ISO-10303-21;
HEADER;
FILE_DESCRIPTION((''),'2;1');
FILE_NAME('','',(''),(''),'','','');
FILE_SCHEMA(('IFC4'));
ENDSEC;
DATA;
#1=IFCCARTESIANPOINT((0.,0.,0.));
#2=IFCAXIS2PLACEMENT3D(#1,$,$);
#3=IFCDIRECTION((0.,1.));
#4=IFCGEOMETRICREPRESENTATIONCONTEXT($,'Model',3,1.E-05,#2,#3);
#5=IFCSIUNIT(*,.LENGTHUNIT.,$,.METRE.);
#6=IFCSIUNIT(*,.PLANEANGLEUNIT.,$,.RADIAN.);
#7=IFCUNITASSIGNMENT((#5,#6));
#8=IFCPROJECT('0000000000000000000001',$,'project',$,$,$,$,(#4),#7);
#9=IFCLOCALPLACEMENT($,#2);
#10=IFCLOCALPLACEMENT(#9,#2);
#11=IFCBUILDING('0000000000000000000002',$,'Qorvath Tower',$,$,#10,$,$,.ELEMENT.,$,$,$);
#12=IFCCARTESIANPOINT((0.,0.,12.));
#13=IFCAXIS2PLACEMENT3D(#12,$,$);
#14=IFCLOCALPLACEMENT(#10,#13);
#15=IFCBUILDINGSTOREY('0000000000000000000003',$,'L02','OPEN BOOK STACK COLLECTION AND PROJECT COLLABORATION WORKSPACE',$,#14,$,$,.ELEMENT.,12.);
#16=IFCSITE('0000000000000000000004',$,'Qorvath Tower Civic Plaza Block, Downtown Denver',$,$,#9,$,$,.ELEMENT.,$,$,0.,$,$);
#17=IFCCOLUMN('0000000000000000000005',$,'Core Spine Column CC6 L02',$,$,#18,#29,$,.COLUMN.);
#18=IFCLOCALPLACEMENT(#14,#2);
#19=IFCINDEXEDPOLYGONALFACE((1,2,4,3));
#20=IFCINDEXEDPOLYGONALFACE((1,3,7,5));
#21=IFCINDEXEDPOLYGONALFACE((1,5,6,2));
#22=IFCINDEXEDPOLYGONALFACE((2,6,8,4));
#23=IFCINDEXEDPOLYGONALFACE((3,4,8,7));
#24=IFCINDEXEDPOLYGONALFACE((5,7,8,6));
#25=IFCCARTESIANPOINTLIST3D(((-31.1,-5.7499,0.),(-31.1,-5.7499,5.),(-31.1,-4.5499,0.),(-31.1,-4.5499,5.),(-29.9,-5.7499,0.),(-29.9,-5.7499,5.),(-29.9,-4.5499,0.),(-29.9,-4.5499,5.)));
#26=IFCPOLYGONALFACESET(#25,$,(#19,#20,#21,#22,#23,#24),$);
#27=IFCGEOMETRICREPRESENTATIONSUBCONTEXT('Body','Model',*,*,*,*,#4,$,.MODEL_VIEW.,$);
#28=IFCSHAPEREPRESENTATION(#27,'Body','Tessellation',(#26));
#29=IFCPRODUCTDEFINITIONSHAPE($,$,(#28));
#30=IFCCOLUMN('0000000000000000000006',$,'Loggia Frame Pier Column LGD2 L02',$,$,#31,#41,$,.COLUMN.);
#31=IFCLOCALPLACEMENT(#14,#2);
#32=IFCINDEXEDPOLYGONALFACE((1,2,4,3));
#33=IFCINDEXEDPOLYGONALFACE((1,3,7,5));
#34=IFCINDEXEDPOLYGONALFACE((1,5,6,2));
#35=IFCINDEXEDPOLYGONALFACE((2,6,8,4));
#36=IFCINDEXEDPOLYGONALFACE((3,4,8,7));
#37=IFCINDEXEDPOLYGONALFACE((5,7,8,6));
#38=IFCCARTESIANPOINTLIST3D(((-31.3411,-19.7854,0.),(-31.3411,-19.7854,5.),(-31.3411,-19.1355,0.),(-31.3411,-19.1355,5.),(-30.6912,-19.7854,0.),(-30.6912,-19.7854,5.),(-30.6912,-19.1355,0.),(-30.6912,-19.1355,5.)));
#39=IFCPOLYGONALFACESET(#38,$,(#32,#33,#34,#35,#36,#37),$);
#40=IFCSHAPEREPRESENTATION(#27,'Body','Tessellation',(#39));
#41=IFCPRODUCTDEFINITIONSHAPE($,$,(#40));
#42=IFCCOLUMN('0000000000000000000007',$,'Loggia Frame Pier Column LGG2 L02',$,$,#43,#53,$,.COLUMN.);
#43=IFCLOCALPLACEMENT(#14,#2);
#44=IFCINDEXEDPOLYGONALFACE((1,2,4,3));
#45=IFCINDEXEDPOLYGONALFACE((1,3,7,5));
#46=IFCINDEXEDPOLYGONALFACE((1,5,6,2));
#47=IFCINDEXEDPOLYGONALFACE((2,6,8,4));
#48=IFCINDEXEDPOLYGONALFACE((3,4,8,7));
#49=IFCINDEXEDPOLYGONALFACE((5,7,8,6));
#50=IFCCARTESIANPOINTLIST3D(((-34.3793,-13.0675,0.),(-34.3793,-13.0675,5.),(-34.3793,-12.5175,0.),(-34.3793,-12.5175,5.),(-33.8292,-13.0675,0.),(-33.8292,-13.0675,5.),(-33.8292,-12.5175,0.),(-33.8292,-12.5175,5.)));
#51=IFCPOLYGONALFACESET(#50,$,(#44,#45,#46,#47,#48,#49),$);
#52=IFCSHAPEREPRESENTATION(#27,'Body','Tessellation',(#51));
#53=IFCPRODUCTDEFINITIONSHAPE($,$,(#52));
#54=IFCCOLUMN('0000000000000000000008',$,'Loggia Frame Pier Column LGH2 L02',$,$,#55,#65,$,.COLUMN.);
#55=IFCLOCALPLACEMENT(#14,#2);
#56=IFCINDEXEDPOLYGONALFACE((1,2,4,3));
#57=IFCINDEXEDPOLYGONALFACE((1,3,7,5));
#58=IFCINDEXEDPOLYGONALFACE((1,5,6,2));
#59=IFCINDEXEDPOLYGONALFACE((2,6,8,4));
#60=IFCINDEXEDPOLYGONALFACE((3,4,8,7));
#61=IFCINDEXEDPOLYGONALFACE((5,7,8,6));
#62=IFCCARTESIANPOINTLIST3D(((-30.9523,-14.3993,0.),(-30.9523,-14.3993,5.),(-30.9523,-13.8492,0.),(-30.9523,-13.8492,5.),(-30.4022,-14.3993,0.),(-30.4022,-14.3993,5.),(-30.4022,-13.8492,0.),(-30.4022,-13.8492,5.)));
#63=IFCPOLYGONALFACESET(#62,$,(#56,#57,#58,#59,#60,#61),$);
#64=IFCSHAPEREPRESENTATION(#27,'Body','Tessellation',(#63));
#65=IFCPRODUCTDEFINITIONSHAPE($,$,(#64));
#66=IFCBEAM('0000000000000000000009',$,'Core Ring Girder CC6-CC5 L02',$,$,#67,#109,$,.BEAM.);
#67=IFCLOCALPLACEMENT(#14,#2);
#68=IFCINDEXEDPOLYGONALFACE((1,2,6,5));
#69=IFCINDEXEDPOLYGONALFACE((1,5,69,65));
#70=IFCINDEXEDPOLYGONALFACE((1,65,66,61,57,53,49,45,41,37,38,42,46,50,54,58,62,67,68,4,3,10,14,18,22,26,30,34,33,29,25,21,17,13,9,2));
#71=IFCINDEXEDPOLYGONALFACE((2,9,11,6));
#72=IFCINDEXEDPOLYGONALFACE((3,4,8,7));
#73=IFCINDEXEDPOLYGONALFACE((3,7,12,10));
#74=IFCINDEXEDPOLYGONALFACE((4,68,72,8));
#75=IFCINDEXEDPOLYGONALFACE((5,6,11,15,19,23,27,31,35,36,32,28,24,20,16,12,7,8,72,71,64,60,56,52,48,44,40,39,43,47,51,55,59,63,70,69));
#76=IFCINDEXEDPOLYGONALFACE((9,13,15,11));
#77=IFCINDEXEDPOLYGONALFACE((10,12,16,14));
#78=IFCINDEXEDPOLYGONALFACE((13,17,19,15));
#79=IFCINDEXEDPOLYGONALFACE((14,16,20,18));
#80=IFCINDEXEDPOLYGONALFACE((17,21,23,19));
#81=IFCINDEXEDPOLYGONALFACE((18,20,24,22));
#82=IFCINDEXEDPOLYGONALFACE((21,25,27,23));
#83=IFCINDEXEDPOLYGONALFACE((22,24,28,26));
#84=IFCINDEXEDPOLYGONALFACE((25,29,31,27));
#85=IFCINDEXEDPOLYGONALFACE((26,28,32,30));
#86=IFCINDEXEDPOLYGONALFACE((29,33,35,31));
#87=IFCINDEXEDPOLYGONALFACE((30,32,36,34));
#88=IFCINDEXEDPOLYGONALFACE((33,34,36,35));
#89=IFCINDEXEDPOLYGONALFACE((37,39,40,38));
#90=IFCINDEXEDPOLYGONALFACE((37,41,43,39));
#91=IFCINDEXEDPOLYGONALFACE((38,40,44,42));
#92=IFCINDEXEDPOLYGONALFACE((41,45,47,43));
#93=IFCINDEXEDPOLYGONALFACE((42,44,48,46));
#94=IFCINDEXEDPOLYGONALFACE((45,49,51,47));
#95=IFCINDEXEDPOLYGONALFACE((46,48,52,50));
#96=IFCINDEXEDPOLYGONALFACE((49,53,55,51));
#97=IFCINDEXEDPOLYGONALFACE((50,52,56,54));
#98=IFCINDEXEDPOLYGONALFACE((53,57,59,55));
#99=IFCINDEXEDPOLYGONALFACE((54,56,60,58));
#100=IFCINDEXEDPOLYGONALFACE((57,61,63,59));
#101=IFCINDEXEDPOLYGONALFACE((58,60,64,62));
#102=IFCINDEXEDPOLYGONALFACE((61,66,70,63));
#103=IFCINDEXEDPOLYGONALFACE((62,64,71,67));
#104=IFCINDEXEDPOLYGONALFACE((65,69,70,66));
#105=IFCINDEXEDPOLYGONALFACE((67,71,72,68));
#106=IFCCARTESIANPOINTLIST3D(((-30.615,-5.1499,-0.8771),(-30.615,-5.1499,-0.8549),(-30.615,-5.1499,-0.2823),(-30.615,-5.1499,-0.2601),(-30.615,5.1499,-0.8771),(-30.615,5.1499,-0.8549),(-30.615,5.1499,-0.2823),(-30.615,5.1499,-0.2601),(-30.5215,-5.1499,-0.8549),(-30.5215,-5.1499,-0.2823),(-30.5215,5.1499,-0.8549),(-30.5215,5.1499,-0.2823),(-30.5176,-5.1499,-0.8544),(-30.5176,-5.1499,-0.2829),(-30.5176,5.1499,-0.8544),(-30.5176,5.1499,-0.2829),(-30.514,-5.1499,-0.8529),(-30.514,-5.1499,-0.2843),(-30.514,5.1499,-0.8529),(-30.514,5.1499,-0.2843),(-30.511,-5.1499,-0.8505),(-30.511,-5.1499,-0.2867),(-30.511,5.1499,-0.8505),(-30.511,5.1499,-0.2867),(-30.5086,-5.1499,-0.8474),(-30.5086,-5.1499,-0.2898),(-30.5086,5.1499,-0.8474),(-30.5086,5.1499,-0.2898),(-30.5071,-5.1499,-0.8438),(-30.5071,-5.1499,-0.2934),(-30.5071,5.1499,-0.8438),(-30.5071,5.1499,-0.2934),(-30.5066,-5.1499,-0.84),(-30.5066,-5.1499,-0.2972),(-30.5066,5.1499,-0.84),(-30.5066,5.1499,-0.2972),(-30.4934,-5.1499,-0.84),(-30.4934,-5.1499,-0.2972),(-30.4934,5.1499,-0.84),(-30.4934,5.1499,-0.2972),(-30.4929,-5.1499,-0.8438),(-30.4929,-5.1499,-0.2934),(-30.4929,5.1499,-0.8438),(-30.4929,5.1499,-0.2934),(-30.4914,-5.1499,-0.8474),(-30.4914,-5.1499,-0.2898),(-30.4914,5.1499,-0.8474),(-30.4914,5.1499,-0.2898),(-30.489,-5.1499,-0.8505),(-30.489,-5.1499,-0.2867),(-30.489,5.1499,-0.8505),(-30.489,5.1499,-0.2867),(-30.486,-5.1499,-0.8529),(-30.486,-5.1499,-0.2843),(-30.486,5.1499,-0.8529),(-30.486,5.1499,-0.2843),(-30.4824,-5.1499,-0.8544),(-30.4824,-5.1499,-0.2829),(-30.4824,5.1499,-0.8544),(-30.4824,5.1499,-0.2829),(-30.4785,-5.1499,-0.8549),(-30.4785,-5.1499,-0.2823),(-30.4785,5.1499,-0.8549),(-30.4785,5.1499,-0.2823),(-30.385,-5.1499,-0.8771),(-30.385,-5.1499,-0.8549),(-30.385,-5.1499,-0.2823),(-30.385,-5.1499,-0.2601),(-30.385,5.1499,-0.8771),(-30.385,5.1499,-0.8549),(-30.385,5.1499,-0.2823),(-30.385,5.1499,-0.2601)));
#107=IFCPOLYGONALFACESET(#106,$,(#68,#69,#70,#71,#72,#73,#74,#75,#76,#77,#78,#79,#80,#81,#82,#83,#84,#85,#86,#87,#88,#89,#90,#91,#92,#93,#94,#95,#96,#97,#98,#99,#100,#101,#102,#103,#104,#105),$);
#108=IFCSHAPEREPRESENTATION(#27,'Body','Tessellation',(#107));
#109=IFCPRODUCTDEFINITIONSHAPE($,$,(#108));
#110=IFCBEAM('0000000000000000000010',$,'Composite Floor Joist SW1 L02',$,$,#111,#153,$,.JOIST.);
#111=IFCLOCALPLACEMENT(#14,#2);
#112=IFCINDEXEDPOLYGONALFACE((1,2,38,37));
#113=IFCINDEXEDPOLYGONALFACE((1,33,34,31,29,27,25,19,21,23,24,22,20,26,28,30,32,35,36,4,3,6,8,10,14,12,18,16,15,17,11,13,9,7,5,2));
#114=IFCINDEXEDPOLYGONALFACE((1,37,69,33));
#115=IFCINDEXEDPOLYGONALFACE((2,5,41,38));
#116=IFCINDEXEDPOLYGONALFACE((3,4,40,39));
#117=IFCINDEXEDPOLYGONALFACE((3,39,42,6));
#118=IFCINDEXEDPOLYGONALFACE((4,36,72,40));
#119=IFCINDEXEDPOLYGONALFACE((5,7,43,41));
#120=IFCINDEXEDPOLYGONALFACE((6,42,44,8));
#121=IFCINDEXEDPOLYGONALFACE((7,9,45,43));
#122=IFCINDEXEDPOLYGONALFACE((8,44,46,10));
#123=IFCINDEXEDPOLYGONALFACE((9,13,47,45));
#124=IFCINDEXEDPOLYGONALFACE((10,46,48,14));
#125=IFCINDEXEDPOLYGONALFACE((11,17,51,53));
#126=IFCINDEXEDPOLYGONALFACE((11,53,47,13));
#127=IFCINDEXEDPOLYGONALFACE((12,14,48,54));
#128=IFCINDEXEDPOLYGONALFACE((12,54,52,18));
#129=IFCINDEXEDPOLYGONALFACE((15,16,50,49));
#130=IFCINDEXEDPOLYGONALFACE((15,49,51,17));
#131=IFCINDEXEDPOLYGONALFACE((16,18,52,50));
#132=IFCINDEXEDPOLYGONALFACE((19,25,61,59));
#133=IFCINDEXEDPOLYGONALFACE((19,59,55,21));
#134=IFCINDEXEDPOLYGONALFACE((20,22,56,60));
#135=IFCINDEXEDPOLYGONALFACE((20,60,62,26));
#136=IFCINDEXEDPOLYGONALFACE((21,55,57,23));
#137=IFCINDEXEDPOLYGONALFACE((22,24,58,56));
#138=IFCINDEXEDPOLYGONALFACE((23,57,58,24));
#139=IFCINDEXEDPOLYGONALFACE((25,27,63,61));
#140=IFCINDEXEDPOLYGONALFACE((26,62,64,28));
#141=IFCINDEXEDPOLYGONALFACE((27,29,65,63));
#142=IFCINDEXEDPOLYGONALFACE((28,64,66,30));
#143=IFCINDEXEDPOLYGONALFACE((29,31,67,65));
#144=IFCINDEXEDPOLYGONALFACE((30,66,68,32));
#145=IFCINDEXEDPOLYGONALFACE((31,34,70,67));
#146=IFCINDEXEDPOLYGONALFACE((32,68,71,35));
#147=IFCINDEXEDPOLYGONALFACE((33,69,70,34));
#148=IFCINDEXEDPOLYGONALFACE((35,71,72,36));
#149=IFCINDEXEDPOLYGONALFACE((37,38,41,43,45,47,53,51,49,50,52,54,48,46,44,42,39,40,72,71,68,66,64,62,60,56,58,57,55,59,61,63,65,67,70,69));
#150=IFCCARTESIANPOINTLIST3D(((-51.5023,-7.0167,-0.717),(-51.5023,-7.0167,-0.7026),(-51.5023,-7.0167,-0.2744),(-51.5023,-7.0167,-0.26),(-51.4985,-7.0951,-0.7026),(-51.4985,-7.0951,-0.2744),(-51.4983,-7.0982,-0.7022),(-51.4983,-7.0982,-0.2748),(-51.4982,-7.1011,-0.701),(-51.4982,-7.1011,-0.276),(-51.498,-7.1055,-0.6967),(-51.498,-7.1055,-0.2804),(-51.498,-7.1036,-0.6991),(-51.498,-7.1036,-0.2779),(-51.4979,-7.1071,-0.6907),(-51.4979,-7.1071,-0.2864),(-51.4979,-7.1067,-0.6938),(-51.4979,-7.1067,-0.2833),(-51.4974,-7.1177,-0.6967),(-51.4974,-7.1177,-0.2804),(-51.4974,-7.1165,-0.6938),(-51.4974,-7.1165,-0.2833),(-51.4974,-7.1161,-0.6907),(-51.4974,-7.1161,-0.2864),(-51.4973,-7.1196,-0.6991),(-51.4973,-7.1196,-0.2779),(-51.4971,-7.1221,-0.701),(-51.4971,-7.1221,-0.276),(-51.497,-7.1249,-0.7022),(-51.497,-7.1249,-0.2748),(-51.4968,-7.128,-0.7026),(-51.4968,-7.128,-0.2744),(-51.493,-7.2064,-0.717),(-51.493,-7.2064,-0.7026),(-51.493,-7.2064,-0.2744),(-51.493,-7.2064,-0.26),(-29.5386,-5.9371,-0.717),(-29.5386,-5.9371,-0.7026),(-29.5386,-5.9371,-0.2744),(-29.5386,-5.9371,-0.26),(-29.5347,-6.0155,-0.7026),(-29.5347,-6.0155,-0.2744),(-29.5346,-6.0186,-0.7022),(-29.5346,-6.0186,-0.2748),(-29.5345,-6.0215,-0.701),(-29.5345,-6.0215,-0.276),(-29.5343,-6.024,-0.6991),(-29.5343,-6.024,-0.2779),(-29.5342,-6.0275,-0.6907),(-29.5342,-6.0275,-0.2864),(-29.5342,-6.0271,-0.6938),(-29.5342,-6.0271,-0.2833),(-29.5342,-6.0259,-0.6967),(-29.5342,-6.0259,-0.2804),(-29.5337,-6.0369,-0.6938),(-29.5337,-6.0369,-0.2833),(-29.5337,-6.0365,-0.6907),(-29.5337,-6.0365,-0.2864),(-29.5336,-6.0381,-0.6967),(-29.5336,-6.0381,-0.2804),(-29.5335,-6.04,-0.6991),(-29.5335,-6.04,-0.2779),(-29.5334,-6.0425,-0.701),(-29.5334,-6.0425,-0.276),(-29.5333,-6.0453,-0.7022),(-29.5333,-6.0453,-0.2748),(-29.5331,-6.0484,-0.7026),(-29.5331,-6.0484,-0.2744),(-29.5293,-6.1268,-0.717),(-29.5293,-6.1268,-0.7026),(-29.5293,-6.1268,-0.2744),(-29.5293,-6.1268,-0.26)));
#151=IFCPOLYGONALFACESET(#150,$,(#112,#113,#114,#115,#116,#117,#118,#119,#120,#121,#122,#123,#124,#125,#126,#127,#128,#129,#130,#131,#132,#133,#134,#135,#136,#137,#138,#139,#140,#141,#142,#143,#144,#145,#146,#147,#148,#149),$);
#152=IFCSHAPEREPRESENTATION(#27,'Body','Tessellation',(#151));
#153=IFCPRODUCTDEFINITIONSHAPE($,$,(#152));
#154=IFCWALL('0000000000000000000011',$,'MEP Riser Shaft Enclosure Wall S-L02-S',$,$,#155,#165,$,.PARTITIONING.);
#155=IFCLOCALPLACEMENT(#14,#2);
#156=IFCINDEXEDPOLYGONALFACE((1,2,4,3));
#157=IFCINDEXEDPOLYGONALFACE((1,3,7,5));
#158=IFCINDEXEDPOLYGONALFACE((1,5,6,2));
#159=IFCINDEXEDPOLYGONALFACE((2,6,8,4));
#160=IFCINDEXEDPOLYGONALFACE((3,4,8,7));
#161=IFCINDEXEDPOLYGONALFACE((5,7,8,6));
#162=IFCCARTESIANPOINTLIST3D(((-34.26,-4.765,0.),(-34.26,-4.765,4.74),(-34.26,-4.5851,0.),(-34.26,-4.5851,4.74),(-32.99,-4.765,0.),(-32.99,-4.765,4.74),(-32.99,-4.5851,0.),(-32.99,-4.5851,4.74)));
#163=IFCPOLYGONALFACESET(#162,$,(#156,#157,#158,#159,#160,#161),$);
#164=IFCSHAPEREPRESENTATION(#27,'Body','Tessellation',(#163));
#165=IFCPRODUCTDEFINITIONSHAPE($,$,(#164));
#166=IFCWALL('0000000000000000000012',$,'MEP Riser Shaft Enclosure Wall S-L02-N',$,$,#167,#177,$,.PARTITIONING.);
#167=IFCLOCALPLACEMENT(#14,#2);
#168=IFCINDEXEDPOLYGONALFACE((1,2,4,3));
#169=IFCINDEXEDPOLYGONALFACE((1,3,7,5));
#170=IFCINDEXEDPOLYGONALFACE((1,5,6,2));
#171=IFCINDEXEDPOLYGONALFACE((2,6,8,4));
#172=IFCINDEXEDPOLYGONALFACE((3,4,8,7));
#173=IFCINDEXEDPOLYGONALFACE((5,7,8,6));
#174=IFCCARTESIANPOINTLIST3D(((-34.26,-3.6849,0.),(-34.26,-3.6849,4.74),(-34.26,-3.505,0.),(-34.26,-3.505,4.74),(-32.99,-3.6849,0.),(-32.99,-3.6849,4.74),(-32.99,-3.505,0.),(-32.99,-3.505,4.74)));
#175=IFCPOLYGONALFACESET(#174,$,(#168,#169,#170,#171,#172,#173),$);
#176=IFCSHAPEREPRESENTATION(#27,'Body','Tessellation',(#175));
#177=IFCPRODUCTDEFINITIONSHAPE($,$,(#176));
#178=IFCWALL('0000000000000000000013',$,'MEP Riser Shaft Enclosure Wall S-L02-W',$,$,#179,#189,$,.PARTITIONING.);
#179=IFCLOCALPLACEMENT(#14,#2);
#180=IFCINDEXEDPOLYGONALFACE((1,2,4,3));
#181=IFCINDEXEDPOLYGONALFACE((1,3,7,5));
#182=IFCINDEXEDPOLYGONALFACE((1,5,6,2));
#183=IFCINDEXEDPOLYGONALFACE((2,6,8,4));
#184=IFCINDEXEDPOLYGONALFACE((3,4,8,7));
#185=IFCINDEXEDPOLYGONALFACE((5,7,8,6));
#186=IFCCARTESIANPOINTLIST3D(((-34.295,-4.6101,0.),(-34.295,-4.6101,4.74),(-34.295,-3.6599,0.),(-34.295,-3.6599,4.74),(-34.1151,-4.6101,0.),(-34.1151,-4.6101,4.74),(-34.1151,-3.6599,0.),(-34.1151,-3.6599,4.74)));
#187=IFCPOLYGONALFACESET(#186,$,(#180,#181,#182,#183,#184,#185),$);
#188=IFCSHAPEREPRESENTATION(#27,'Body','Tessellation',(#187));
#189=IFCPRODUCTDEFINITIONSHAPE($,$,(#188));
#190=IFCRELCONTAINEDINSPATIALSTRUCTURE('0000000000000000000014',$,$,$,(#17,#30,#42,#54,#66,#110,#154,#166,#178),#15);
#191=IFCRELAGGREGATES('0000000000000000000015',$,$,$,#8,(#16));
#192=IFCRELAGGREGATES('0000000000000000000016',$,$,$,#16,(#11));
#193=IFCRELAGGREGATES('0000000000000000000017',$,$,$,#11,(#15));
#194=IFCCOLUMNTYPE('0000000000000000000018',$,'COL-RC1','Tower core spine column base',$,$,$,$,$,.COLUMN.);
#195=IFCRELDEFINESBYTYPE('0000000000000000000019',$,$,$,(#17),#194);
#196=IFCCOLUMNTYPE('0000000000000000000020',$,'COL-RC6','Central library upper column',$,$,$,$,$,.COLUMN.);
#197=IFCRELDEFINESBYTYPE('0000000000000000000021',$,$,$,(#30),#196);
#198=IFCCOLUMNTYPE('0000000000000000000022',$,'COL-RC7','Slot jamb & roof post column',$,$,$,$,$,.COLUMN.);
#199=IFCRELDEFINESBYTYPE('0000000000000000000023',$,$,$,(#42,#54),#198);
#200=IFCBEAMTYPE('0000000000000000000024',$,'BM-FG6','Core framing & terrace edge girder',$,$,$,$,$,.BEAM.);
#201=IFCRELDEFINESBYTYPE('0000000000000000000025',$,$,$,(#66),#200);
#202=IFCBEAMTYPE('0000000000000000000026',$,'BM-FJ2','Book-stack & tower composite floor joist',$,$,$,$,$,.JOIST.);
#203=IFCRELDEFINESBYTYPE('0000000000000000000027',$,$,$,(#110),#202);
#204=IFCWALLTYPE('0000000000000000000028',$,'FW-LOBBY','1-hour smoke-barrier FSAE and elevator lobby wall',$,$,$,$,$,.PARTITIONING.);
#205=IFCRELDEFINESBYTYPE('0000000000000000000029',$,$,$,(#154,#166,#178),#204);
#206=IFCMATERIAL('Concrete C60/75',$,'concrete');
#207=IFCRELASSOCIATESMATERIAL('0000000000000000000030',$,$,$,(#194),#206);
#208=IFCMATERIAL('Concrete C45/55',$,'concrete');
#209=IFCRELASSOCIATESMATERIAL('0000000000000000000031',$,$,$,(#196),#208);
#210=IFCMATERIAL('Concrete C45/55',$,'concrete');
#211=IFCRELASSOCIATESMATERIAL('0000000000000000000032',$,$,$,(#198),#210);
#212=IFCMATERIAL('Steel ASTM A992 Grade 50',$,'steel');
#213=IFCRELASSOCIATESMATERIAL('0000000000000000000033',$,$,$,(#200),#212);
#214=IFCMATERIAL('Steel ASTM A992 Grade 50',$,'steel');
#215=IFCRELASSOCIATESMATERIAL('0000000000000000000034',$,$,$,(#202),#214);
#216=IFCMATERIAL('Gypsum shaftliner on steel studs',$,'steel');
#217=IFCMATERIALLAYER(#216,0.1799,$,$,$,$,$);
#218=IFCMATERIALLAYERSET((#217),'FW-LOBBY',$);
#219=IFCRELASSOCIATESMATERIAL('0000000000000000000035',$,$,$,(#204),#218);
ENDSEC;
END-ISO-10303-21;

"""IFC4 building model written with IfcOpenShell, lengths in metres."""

from ifc_helpers import new_model, si_unit, direction, frame, frame_2d, origin, origin_2d, place, context, subcontext, project, spatial, rectangle, i_section, extrude, material, layer, layer_set, material_profile, profile_set, type_object, element, save


model = new_model("IFC4")

# Units and contexts
model_context = context("Model", 3, precision=1e-05, world=origin(), true_north=direction((0.0, 1.0)))
body_context = subcontext(model_context, "Body", "Model", "MODEL_VIEW")
ifc_project = project(units=[si_unit("LENGTHUNIT", "METRE"), si_unit("PLANEANGLEUNIT", "RADIAN")], contexts=[model_context])

# Site, building, storey
site_placement = place(None, origin())
site = spatial("IfcSite", under=ifc_project, at=site_placement, Name="Qorvath Tower Civic Plaza Block, Downtown Denver", CompositionType="ELEMENT", RefElevation=0.0)
building_placement = place(site_placement, origin())
building = spatial("IfcBuilding", under=site, at=building_placement, Name="Qorvath Tower", CompositionType="ELEMENT")
storey_placement = place(building_placement, frame((0.0, 0.0, 12.0)))
storey = spatial("IfcBuildingStorey", under=building, at=storey_placement, Name="L02", Description="OPEN BOOK STACK COLLECTION AND PROJECT COLLABORATION WORKSPACE", CompositionType="ELEMENT", Elevation=12.0)

# Columns
ifc_material_1 = material(Name="Concrete C60/75", Category="concrete")
ifc_material_profile_1 = material_profile(ifc_material_1, rectangle(XDim=1.2, YDim=1.2, at=origin_2d()), Name="RC 1200x1200")
ifc_profile_set_1 = profile_set([ifc_material_profile_1], Name="Concrete C60/75")
column_type_1 = type_object("IfcColumnType", Name="COL-RC1", Description="Tower core spine column base", PredefinedType="COLUMN", material=ifc_profile_set_1)
column_1_placement = place(storey_placement, frame((-30.5, -5.1499, 0.0), z_axis=(0.0, 0.0, 1.0), x_axis=(1.0, 0.0, 0.0)))
element("IfcColumn", 1, at=column_1_placement, inside=storey, type_object=column_type_1, Name="Core Spine Column CC6 L02", PredefinedType="COLUMN", context=body_context, shape_type="SweptSolid", body=[
    extrude(rectangle(XDim=1.2, YDim=1.2, at=origin_2d()), origin(), (0.0, 0.0, 1.0), 5.0),
])
ifc_material_2 = material(Name="Concrete C45/55", Category="concrete")
ifc_material_profile_2 = material_profile(ifc_material_2, rectangle(XDim=0.6499, YDim=0.6499, at=origin_2d()), Name="RC 650x650")
ifc_profile_set_2 = profile_set([ifc_material_profile_2], Name="Concrete C45/55")
column_type_2 = type_object("IfcColumnType", Name="COL-RC6", Description="Central library upper column", PredefinedType="COLUMN", material=ifc_profile_set_2)
column_2_placement = place(storey_placement, frame((-31.0161, -19.4604, 0.0), z_axis=(0.0, 0.0, 1.0), x_axis=(1.0, 0.0, 0.0)))
element("IfcColumn", 2, at=column_2_placement, inside=storey, type_object=column_type_2, Name="Loggia Frame Pier Column LGD2 L02", PredefinedType="COLUMN", context=body_context, shape_type="SweptSolid", body=[
    extrude(rectangle(XDim=0.6499, YDim=0.6499, at=origin_2d()), origin(), (0.0, 0.0, 1.0), 5.0),
])
ifc_material_3 = material(Name="Concrete C45/55", Category="concrete")
ifc_material_profile_3 = material_profile(ifc_material_3, rectangle(XDim=0.55, YDim=0.55, at=origin_2d()), Name="RC 550x550")
ifc_profile_set_3 = profile_set([ifc_material_profile_3], Name="Concrete C45/55")
column_type_3 = type_object("IfcColumnType", Name="COL-RC7", Description="Slot jamb & roof post column", PredefinedType="COLUMN", material=ifc_profile_set_3)
for number, where, z_axis, x_axis, name in (
    (3, (-34.1042, -12.7925, 0.0), (0.0, 0.0, 1.0), (1.0, 0.0, 0.0), "Loggia Frame Pier Column LGG2 L02"),
    (4, (-30.6772, -14.1243, 0.0), (0.0, 0.0, 1.0), (1.0, 0.0, 0.0), "Loggia Frame Pier Column LGH2 L02"),
):
    element("IfcColumn", number, at=place(storey_placement, frame(where, z_axis=z_axis, x_axis=x_axis)), inside=storey, type_object=column_type_3, Name=name, PredefinedType="COLUMN", context=body_context, shape_type="SweptSolid", body=[
        extrude(rectangle(XDim=0.55, YDim=0.55, at=origin_2d()), origin(), (0.0, 0.0, 1.0), 5.0),
    ])

# Beams
ifc_material_4 = material(Name="Steel ASTM A992 Grade 50", Category="steel")
ifc_material_profile_4 = material_profile(ifc_material_4, i_section(OverallWidth=0.23, OverallDepth=0.6169, WebThickness=0.0132, FlangeThickness=0.0222, FilletRadius=0.0149, at=origin_2d()), Name="W24x94")
ifc_profile_set_4 = profile_set([ifc_material_profile_4], Name="Steel ASTM A992 Grade 50")
beam_type_1 = type_object("IfcBeamType", Name="BM-FG6", Description="Core framing & terrace edge girder", PredefinedType="BEAM", material=ifc_profile_set_4)
beam_1_placement = place(storey_placement, frame((-30.5, -5.1499, -0.5686), z_axis=(0.0, 1.0, 0.0), x_axis=(-1.0, 0.0, 0.0)))
element("IfcBeam", 5, at=beam_1_placement, inside=storey, type_object=beam_type_1, Name="Core Ring Girder CC6-CC5 L02", PredefinedType="BEAM", context=body_context, shape_type="SweptSolid", body=[
    extrude(i_section(OverallWidth=0.23, OverallDepth=0.6169, WebThickness=0.0132, FlangeThickness=0.0222, FilletRadius=0.0149, at=origin_2d()), origin(), (0.0, 0.0, 1.0), 10.2998),
])
ifc_material_5 = material(Name="Steel ASTM A992 Grade 50", Category="steel")
ifc_material_profile_5 = material_profile(ifc_material_5, i_section(OverallWidth=0.1899, OverallDepth=0.457, WebThickness=0.009, FlangeThickness=0.0144, FilletRadius=0.012, at=origin_2d()), Name="W18x50")
ifc_profile_set_5 = profile_set([ifc_material_profile_5], Name="Steel ASTM A992 Grade 50")
beam_type_2 = type_object("IfcBeamType", Name="BM-FJ2", Description="Book-stack & tower composite floor joist", PredefinedType="JOIST", material=ifc_profile_set_5)
beam_2_placement = place(storey_placement, frame((-29.5339, -6.032, -0.4885), z_axis=(-0.998794, -0.049094, 0.0), x_axis=(0.049094, -0.998794, 0.0)))
element("IfcBeam", 6, at=beam_2_placement, inside=storey, type_object=beam_type_2, Name="Composite Floor Joist SW1 L02", PredefinedType="JOIST", context=body_context, shape_type="SweptSolid", body=[
    extrude(i_section(OverallWidth=0.1899, OverallDepth=0.457, WebThickness=0.009, FlangeThickness=0.0144, FilletRadius=0.012, at=origin_2d()), origin(), (0.0, 0.0, 1.0), 21.9902),
])

# Walls
ifc_material_6 = material(Name="Gypsum shaftliner on steel studs", Category="steel")
ifc_layer_1 = layer(ifc_material_6, 0.1799)
ifc_layer_set_1 = layer_set([ifc_layer_1], Name="FW-LOBBY")
wall_type_1 = type_object("IfcWallType", Name="FW-LOBBY", Description="1-hour smoke-barrier FSAE and elevator lobby wall", PredefinedType="PARTITIONING", material=ifc_layer_set_1)
for number, where, z_axis, x_axis, name in (
    (7, (-32.99, -4.675, 0.0), (0.0, 0.0, 1.0), (-1.0, 0.0, 0.0), "MEP Riser Shaft Enclosure Wall S-L02-S"),
    (8, (-34.26, -3.595, 0.0), (0.0, 0.0, 1.0), (1.0, 0.0, 0.0), "MEP Riser Shaft Enclosure Wall S-L02-N"),
):
    element("IfcWall", number, at=place(storey_placement, frame(where, z_axis=z_axis, x_axis=x_axis)), inside=storey, type_object=wall_type_1, Name=name, PredefinedType="PARTITIONING", context=body_context, shape_type="SweptSolid", body=[
        extrude(rectangle(XDim=1.27, YDim=0.1799, at=frame_2d((0.635, 0.0))), origin(), (0.0, 0.0, 1.0), 4.74),
    ])
for number, where, z_axis, x_axis, name in (
    (9, (-34.2051, -4.6101, 0.0), (0.0, 0.0, 1.0), (0.0, 1.0, 0.0), "MEP Riser Shaft Enclosure Wall S-L02-W"),
):
    element("IfcWall", number, at=place(storey_placement, frame(where, z_axis=z_axis, x_axis=x_axis)), inside=storey, type_object=wall_type_1, Name=name, PredefinedType="PARTITIONING", context=body_context, shape_type="SweptSolid", body=[
        extrude(rectangle(XDim=0.9502, YDim=0.1799, at=frame_2d((0.4751, 0.0))), origin(), (0.0, 0.0, 1.0), 4.74),
    ])

save(model, "model.ifc")
